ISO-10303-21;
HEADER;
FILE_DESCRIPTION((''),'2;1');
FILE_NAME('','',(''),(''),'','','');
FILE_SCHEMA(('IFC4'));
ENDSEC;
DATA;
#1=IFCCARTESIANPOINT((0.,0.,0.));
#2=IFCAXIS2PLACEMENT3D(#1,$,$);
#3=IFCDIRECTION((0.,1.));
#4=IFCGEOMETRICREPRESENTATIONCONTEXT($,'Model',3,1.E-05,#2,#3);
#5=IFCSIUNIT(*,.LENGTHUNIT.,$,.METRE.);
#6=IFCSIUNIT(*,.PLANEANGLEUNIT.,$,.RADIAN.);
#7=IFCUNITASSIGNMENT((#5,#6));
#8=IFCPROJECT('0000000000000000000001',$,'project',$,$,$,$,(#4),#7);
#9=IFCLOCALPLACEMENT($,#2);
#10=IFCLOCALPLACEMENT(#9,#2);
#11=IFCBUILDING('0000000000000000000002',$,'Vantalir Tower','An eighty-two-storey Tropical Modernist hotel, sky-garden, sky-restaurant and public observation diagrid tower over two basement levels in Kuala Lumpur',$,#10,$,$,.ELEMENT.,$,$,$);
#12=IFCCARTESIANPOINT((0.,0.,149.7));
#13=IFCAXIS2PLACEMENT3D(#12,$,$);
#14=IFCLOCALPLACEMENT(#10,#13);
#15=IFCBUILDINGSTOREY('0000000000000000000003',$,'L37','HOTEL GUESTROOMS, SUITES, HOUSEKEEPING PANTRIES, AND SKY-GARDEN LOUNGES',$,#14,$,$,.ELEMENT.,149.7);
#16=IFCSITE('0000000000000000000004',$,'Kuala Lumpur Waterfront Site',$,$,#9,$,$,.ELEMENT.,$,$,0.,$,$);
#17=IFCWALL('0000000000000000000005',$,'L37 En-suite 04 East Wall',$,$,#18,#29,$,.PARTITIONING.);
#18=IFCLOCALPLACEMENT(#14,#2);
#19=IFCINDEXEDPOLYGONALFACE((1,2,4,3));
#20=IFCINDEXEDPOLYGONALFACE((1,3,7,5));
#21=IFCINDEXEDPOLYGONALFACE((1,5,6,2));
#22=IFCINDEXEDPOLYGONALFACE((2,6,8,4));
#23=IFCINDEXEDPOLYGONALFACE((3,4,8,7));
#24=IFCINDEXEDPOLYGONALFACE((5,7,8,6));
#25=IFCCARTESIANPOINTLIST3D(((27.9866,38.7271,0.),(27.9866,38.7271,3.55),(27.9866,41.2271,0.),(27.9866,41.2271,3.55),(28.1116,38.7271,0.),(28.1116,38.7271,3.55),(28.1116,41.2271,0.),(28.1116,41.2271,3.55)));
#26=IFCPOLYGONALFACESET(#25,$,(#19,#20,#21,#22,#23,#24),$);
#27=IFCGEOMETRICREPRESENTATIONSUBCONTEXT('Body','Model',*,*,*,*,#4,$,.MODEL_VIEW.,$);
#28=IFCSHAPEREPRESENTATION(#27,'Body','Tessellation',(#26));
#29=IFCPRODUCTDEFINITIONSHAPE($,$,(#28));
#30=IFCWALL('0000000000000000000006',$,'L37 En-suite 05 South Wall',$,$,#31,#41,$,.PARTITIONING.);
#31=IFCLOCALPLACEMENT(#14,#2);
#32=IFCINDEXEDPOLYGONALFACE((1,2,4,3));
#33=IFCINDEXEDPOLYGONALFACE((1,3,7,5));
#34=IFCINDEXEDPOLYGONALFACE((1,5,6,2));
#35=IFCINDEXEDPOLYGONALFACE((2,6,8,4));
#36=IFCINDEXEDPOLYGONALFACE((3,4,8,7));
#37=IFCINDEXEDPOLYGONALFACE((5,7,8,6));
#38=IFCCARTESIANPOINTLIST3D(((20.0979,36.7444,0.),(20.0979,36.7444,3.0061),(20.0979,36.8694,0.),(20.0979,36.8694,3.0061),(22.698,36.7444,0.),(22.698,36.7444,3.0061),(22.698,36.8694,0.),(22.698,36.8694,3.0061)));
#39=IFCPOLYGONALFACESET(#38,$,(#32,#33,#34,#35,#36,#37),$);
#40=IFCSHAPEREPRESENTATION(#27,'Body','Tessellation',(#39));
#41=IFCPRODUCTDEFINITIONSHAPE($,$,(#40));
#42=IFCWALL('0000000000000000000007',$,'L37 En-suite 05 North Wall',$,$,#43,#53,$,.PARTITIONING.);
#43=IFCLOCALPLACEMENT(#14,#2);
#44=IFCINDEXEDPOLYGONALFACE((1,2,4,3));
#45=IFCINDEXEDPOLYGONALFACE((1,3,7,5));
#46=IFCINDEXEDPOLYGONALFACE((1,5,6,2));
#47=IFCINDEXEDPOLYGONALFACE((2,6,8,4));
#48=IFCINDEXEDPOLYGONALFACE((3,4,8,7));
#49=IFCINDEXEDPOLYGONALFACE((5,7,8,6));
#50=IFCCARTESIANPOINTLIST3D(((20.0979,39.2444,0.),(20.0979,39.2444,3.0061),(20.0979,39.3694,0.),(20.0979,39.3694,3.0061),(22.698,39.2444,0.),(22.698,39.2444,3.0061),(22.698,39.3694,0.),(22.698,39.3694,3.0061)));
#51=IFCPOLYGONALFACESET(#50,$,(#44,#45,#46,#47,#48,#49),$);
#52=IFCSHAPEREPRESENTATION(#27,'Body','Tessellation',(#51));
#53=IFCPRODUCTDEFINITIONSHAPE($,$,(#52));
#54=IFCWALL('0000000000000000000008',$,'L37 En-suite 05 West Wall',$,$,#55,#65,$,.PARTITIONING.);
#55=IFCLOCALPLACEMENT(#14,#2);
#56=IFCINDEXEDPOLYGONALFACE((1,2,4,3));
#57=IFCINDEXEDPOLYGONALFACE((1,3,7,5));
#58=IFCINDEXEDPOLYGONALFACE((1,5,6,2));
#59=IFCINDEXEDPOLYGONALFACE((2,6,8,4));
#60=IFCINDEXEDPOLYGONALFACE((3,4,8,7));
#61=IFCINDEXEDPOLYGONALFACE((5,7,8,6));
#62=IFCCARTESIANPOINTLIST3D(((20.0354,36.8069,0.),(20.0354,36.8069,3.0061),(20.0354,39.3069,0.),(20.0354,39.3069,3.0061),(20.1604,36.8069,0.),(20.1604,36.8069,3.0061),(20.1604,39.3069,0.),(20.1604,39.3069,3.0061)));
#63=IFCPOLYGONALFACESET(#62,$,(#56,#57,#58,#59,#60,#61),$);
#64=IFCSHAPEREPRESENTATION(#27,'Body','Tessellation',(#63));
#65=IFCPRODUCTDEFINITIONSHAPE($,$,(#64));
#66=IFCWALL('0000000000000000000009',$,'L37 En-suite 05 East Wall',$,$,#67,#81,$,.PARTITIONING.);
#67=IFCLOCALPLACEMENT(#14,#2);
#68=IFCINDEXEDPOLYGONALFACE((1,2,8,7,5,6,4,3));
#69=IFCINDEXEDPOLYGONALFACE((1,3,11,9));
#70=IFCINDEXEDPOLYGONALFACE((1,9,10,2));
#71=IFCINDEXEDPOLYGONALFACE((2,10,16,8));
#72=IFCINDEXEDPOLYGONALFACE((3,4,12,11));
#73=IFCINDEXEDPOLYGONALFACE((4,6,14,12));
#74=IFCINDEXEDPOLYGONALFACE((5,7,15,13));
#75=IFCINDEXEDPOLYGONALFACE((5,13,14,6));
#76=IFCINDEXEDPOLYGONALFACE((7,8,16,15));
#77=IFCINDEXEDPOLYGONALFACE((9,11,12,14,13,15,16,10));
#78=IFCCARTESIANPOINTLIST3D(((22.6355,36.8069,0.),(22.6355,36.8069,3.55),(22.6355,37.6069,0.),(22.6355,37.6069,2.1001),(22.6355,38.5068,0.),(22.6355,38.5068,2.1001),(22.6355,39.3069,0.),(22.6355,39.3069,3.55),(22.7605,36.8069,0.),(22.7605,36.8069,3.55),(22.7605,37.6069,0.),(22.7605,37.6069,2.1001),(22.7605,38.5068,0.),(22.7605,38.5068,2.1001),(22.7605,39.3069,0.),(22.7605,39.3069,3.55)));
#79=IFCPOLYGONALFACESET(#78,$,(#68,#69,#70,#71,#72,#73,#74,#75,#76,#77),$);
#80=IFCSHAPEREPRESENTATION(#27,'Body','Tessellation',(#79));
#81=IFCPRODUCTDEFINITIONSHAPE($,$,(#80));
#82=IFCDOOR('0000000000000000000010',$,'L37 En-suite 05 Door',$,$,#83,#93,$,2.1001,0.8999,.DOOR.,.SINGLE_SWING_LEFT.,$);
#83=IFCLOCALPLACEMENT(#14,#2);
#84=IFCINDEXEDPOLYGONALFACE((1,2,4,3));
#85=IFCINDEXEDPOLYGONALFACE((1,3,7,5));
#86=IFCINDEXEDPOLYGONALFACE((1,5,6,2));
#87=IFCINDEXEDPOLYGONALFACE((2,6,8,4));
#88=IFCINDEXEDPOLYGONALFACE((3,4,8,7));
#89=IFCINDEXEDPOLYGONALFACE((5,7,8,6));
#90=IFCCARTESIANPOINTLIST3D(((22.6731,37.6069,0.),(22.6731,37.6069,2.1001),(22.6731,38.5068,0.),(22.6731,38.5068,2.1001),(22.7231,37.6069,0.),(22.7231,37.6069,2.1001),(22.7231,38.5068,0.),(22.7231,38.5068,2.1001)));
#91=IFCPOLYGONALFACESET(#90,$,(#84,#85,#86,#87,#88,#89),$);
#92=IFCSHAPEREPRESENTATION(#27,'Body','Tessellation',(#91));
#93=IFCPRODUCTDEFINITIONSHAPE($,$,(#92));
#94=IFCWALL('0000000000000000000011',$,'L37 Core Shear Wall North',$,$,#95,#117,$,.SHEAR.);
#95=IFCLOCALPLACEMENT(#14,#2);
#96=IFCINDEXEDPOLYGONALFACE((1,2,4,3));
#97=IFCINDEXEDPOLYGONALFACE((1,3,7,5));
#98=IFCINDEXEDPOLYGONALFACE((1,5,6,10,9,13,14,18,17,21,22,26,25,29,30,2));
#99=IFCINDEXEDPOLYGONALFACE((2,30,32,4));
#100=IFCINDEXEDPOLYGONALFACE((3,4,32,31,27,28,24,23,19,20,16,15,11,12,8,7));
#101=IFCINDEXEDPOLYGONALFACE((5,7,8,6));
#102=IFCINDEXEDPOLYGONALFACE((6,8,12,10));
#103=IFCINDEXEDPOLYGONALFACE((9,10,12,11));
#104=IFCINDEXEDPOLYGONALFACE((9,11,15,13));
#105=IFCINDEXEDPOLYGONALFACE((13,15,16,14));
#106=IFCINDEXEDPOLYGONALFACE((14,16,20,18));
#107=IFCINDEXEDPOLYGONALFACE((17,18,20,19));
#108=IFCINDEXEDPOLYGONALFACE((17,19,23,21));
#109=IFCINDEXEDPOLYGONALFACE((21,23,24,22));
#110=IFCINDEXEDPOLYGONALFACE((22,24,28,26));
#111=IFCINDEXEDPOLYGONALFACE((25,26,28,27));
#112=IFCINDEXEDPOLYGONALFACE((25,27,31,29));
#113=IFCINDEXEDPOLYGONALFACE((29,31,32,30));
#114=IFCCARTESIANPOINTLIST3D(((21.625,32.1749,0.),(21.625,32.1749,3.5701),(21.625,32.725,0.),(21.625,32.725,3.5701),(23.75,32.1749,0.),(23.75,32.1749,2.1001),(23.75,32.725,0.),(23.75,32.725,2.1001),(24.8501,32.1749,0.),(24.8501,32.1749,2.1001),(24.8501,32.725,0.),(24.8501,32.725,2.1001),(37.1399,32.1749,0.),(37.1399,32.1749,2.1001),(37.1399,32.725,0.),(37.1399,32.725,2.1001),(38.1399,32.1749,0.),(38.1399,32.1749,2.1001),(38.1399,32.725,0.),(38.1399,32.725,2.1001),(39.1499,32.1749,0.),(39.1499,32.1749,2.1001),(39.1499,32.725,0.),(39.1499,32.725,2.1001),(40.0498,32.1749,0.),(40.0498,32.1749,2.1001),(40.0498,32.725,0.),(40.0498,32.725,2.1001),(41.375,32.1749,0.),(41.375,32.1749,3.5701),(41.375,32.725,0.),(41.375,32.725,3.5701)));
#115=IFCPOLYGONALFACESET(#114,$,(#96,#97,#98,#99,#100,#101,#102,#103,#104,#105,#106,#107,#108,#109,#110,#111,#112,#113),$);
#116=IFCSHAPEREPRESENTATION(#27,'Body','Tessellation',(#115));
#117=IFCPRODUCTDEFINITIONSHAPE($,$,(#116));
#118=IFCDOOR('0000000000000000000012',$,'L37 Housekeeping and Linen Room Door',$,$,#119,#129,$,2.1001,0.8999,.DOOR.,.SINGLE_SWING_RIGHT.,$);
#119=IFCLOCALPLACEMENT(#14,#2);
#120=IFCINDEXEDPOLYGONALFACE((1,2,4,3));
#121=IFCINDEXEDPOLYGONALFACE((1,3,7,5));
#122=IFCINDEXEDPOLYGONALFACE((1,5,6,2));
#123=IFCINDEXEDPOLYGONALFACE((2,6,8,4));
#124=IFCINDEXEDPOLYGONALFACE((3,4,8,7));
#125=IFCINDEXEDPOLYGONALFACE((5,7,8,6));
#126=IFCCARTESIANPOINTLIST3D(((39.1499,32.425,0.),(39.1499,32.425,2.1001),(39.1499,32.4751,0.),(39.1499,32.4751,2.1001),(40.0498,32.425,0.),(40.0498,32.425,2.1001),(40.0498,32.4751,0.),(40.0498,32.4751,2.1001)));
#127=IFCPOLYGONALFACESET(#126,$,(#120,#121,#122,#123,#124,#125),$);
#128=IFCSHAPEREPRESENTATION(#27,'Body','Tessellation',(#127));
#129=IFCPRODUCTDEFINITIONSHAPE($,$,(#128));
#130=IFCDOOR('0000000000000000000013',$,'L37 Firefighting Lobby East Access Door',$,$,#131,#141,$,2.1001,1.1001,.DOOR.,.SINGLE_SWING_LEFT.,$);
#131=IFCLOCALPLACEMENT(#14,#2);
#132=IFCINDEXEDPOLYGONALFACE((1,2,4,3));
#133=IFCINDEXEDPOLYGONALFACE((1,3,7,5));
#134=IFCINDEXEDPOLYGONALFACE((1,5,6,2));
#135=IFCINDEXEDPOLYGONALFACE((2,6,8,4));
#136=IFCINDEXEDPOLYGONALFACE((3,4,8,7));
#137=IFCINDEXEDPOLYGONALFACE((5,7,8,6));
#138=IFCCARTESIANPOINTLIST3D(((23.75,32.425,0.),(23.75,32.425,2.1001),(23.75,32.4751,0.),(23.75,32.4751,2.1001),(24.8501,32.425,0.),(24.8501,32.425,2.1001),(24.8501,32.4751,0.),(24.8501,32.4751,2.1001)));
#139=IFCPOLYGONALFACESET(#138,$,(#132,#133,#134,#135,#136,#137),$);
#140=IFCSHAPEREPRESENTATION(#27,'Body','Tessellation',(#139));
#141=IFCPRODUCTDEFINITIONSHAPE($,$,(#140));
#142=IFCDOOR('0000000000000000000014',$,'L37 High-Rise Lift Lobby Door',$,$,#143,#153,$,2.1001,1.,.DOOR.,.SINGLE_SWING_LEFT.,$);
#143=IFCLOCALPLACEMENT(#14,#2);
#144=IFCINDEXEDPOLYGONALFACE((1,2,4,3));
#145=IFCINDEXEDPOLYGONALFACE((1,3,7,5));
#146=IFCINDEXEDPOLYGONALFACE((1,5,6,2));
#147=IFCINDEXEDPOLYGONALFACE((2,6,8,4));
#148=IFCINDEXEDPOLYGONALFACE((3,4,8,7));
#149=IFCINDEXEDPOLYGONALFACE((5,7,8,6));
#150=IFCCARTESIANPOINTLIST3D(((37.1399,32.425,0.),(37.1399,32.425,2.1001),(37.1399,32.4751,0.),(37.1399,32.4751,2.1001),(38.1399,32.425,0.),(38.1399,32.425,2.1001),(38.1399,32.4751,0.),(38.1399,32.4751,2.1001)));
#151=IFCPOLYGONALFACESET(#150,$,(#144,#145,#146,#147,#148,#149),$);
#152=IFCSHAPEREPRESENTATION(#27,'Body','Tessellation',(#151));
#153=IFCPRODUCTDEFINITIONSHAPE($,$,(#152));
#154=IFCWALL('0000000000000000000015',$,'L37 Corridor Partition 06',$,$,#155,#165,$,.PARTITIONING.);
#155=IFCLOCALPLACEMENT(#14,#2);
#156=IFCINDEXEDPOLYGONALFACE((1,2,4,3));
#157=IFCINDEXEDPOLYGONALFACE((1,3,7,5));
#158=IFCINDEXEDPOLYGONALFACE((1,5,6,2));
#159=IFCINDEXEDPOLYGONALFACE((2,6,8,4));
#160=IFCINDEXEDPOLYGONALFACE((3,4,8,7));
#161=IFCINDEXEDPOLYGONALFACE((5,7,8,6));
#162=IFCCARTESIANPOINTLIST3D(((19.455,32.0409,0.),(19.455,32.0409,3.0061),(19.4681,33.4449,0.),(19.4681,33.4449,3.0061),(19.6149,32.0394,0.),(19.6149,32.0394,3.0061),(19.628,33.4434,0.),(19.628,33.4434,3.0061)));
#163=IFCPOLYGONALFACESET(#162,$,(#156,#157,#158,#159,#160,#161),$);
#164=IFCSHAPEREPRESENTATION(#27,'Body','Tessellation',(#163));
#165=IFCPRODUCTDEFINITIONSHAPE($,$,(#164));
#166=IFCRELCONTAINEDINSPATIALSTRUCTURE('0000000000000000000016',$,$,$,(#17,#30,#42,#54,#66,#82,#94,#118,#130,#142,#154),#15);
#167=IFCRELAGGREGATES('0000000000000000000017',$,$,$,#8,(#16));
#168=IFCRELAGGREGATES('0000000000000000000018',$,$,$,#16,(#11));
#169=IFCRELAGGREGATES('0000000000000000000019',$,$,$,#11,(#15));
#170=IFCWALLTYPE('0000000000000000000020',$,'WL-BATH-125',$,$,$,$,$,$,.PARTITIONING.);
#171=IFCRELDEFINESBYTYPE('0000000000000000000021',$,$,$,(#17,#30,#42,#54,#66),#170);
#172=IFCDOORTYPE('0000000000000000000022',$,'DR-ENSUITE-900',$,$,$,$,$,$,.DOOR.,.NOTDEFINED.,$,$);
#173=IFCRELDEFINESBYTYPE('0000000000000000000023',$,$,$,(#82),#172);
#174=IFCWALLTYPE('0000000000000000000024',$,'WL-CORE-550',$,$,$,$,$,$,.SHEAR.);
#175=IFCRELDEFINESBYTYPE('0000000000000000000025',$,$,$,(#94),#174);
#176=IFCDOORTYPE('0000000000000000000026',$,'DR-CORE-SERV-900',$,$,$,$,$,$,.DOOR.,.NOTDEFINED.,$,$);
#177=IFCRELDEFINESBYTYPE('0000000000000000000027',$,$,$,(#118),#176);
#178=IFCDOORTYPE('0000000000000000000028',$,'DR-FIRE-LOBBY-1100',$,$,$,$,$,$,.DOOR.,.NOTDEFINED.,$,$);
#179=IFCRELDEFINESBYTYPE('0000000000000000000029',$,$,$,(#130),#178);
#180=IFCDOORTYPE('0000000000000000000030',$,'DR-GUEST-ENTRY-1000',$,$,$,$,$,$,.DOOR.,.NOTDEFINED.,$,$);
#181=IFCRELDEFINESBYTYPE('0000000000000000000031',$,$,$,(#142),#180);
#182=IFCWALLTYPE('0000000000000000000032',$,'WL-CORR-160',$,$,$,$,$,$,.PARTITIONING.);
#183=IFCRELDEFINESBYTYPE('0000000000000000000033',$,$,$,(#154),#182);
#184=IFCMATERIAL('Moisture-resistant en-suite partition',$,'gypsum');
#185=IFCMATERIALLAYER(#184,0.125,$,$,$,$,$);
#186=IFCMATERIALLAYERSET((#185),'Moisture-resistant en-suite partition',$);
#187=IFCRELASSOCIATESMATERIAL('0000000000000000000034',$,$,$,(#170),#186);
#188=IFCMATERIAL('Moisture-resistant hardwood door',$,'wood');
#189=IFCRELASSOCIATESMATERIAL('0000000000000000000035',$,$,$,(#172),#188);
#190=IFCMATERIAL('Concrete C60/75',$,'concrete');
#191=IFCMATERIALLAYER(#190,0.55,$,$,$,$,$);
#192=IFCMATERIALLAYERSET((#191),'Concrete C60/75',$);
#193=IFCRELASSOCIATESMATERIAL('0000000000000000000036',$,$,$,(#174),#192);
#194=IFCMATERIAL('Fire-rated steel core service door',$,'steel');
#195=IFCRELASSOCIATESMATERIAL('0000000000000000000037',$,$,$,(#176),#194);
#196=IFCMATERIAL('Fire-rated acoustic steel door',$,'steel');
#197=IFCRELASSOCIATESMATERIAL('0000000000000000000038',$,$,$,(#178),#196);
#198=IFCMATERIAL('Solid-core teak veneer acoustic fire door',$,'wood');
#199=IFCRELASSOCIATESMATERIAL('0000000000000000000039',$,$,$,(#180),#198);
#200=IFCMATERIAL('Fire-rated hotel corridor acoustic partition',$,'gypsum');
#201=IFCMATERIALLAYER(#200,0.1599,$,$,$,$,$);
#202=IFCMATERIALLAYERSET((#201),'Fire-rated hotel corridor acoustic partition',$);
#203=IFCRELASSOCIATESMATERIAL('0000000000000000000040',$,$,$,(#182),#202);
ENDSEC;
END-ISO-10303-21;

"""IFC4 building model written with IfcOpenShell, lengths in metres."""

from ifc_helpers import new_model, si_unit, direction, frame, frame_2d, origin, place, context, subcontext, project, spatial, rectangle, extrude, material, layer, layer_set, type_object, element, fill, save


model = new_model("IFC4")

# Units and contexts
model_context = context("Model", 3, precision=1e-05, world=origin(), true_north=direction((0.0, 1.0)))
body_context = subcontext(model_context, "Body", "Model", "MODEL_VIEW")
ifc_project = project(units=[si_unit("LENGTHUNIT", "METRE"), si_unit("PLANEANGLEUNIT", "RADIAN")], contexts=[model_context])

# Site, building, storey
site_placement = place(None, origin())
site = spatial("IfcSite", under=ifc_project, at=site_placement, Name="Kuala Lumpur Waterfront Site", CompositionType="ELEMENT", RefElevation=0.0)
building_placement = place(site_placement, origin())
building = spatial("IfcBuilding", under=site, at=building_placement, Name="Vantalir Tower", Description="An eighty-two-storey Tropical Modernist hotel, sky-garden, sky-restaurant and public observation diagrid tower over two basement levels in Kuala Lumpur", CompositionType="ELEMENT")
storey_placement = place(building_placement, frame((0.0, 0.0, 149.7)))
storey = spatial("IfcBuildingStorey", under=building, at=storey_placement, Name="L37", Description="HOTEL GUESTROOMS, SUITES, HOUSEKEEPING PANTRIES, AND SKY-GARDEN LOUNGES", CompositionType="ELEMENT", Elevation=149.7)

# Shared definitions
ifc_material_1 = material(Name="Concrete C60/75", Category="concrete")

# Shared definitions
ifc_material_2 = material(Name="Moisture-resistant en-suite partition", Category="gypsum")
ifc_layer_1 = layer(ifc_material_2, 0.125)
ifc_layer_set_1 = layer_set([ifc_layer_1], Name="Moisture-resistant en-suite partition")
wall_type_1 = type_object("IfcWallType", Name="WL-BATH-125", PredefinedType="PARTITIONING", material=ifc_layer_set_1)
ifc_material_3 = material(Name="Moisture-resistant hardwood door", Category="wood")
door_type_1 = type_object("IfcDoorType", Name="DR-ENSUITE-900", OperationType="NOTDEFINED", PredefinedType="DOOR", material=ifc_material_3)

# Walls
for number, where, z_axis, x_axis, name in (
    (1, (28.0491, 38.7271, 0.0), (0.0, 0.0, 1.0), (0.0, 1.0, 0.0), "L37 En-suite 04 East Wall"),
):
    element("IfcWall", number, at=place(storey_placement, frame(where, z_axis=z_axis, x_axis=x_axis)), inside=storey, type_object=wall_type_1, Name=name, PredefinedType="PARTITIONING", context=body_context, shape_type="SweptSolid", body=[
        extrude(rectangle(XDim=2.5, YDim=0.125, at=frame_2d((1.25, 0.0))), origin(), (0.0, 0.0, 1.0), 3.55),
    ])
for number, where, z_axis, x_axis, name in (
    (2, (20.0979, 36.8069, 0.0), (0.0, 0.0, 1.0), (1.0, 0.0, 0.0), "L37 En-suite 05 South Wall"),
    (3, (20.0979, 39.3069, 0.0), (0.0, 0.0, 1.0), (1.0, 0.0, 0.0), "L37 En-suite 05 North Wall"),
):
    element("IfcWall", number, at=place(storey_placement, frame(where, z_axis=z_axis, x_axis=x_axis)), inside=storey, type_object=wall_type_1, Name=name, PredefinedType="PARTITIONING", context=body_context, shape_type="SweptSolid", body=[
        extrude(rectangle(XDim=2.6001, YDim=0.125, at=frame_2d((1.3, 0.0))), origin(), (0.0, 0.0, 1.0), 3.0061),
    ])
wall_1_placement = place(storey_placement, frame((20.0979, 36.8069, 0.0), z_axis=(0.0, 0.0, 1.0), x_axis=(0.0, 1.0, 0.0)))
element("IfcWall", 4, at=wall_1_placement, inside=storey, type_object=wall_type_1, Name="L37 En-suite 05 West Wall", PredefinedType="PARTITIONING", context=body_context, shape_type="SweptSolid", body=[
    extrude(rectangle(XDim=2.5, YDim=0.125, at=frame_2d((1.25, 0.0))), origin(), (0.0, 0.0, 1.0), 3.0061),
])

# Wall, opening, door
wall_2_placement = place(storey_placement, frame((22.698, 36.8069, 0.0), z_axis=(0.0, 0.0, 1.0), x_axis=(0.0, 1.0, 0.0)))
wall_2 = element("IfcWall", 5, at=wall_2_placement, inside=storey, type_object=wall_type_1, Name="L37 En-suite 05 East Wall", PredefinedType="PARTITIONING", context=body_context, shape_type="SweptSolid", body=[
    extrude(rectangle(XDim=2.5, YDim=0.125, at=frame_2d((1.25, 0.0))), origin(), (0.0, 0.0, 1.0), 3.55),
])
opening_1_placement = place(wall_2_placement, frame((0.8, 0.0, 0.0)))
opening_1 = element("IfcOpeningElement", 6, at=opening_1_placement, cuts=wall_2, PredefinedType="OPENING", context=body_context, shape_type="SweptSolid", body=[
    extrude(rectangle(XDim=0.8999, YDim=2.1001, at=frame_2d((0.45, 1.05))), frame((0.0, 0.0725, 0.0), z_axis=(0.0, -1.0, 0.0), x_axis=(1.0, 0.0, 0.0)), (0.0, 0.0, 1.0), 0.145),
])
door_1_placement = place(opening_1_placement, origin())
door_1 = element("IfcDoor", 7, at=door_1_placement, inside=storey, type_object=door_type_1, Name="L37 En-suite 05 Door", OperationType="SINGLE_SWING_LEFT", OverallHeight=2.1001, OverallWidth=0.8999, PredefinedType="DOOR", context=body_context, shape_type="SweptSolid", body=[
    extrude(rectangle(XDim=0.8999, YDim=2.1001, at=frame_2d((0.45, 1.05))), frame((0.0, 0.0249, 0.0), z_axis=(0.0, -1.0, 0.0), x_axis=(1.0, 0.0, 0.0)), (0.0, 0.0, 1.0), 0.05),
])
fill(opening_1, door_1)

# Wall, openings, doors
ifc_layer_2 = layer(ifc_material_1, 0.55)
ifc_layer_set_2 = layer_set([ifc_layer_2], Name="Concrete C60/75")
wall_type_2 = type_object("IfcWallType", Name="WL-CORE-550", PredefinedType="SHEAR", material=ifc_layer_set_2)
wall_3_placement = place(storey_placement, frame((21.625, 32.45, 0.0), z_axis=(0.0, 0.0, 1.0), x_axis=(1.0, 0.0, 0.0)))
wall_3 = element("IfcWall", 8, at=wall_3_placement, inside=storey, type_object=wall_type_2, Name="L37 Core Shear Wall North", PredefinedType="SHEAR", context=body_context, shape_type="SweptSolid", body=[
    extrude(rectangle(XDim=19.75, YDim=0.55, at=frame_2d((9.875, 0.0))), origin(), (0.0, 0.0, 1.0), 3.5701),
])
opening_2_placement = place(wall_3_placement, frame((2.125, 0.0, 0.0)))
opening_2 = element("IfcOpeningElement", 9, at=opening_2_placement, cuts=wall_3, PredefinedType="OPENING", context=body_context, shape_type="SweptSolid", body=[
    extrude(rectangle(XDim=1.1001, YDim=2.1001, at=frame_2d((0.55, 1.05))), frame((0.0, 0.2849, 0.0), z_axis=(0.0, -1.0, 0.0), x_axis=(1.0, 0.0, 0.0)), (0.0, 0.0, 1.0), 0.5701),
])
opening_3_placement = place(wall_3_placement, frame((15.5149, 0.0, 0.0)))
opening_3 = element("IfcOpeningElement", 10, at=opening_3_placement, cuts=wall_3, PredefinedType="OPENING", context=body_context, shape_type="SweptSolid", body=[
    extrude(rectangle(XDim=1.0, YDim=2.1001, at=frame_2d((0.5, 1.05))), frame((0.0, 0.2849, 0.0), z_axis=(0.0, -1.0, 0.0), x_axis=(1.0, 0.0, 0.0)), (0.0, 0.0, 1.0), 0.5701),
])
opening_4_placement = place(wall_3_placement, frame((17.5249, 0.0, 0.0)))
opening_4 = element("IfcOpeningElement", 11, at=opening_4_placement, cuts=wall_3, PredefinedType="OPENING", context=body_context, shape_type="SweptSolid", body=[
    extrude(rectangle(XDim=0.8999, YDim=2.1001, at=frame_2d((0.45, 1.05))), frame((0.0, 0.2849, 0.0), z_axis=(0.0, -1.0, 0.0), x_axis=(1.0, 0.0, 0.0)), (0.0, 0.0, 1.0), 0.5701),
])
ifc_material_4 = material(Name="Fire-rated steel core service door", Category="steel")
door_type_2 = type_object("IfcDoorType", Name="DR-CORE-SERV-900", OperationType="NOTDEFINED", PredefinedType="DOOR", material=ifc_material_4)
door_2_placement = place(opening_4_placement, frame((0.8999, 0.0, 0.0), z_axis=(0.0, 0.0, 1.0), x_axis=(-1.0, 0.0, 0.0)))
door_2 = element("IfcDoor", 12, at=door_2_placement, inside=storey, type_object=door_type_2, Name="L37 Housekeeping and Linen Room Door", OperationType="SINGLE_SWING_RIGHT", OverallHeight=2.1001, OverallWidth=0.8999, PredefinedType="DOOR", context=body_context, shape_type="SweptSolid", body=[
    extrude(rectangle(XDim=0.8999, YDim=2.1001, at=frame_2d((0.45, 1.05))), frame((0.0, 0.0249, 0.0), z_axis=(0.0, -1.0, 0.0), x_axis=(1.0, 0.0, 0.0)), (0.0, 0.0, 1.0), 0.05),
])
fill(opening_4, door_2)
ifc_material_5 = material(Name="Fire-rated acoustic steel door", Category="steel")
door_type_3 = type_object("IfcDoorType", Name="DR-FIRE-LOBBY-1100", OperationType="NOTDEFINED", PredefinedType="DOOR", material=ifc_material_5)
door_3_placement = place(opening_2_placement, frame((1.1001, 0.0, 0.0), z_axis=(0.0, 0.0, 1.0), x_axis=(-1.0, 0.0, 0.0)))
door_3 = element("IfcDoor", 13, at=door_3_placement, inside=storey, type_object=door_type_3, Name="L37 Firefighting Lobby East Access Door", OperationType="SINGLE_SWING_LEFT", OverallHeight=2.1001, OverallWidth=1.1001, PredefinedType="DOOR", context=body_context, shape_type="SweptSolid", body=[
    extrude(rectangle(XDim=1.1001, YDim=2.1001, at=frame_2d((0.55, 1.05))), frame((0.0, 0.0249, 0.0), z_axis=(0.0, -1.0, 0.0), x_axis=(1.0, 0.0, 0.0)), (0.0, 0.0, 1.0), 0.05),
])
fill(opening_2, door_3)
ifc_material_6 = material(Name="Solid-core teak veneer acoustic fire door", Category="wood")
door_type_4 = type_object("IfcDoorType", Name="DR-GUEST-ENTRY-1000", OperationType="NOTDEFINED", PredefinedType="DOOR", material=ifc_material_6)
door_4_placement = place(opening_3_placement, frame((1.0, 0.0, 0.0), z_axis=(0.0, 0.0, 1.0), x_axis=(-1.0, 0.0, 0.0)))
door_4 = element("IfcDoor", 14, at=door_4_placement, inside=storey, type_object=door_type_4, Name="L37 High-Rise Lift Lobby Door", OperationType="SINGLE_SWING_LEFT", OverallHeight=2.1001, OverallWidth=1.0, PredefinedType="DOOR", context=body_context, shape_type="SweptSolid", body=[
    extrude(rectangle(XDim=1.0, YDim=2.1001, at=frame_2d((0.5, 1.05))), frame((0.0, 0.0249, 0.0), z_axis=(0.0, -1.0, 0.0), x_axis=(1.0, 0.0, 0.0)), (0.0, 0.0, 1.0), 0.05),
])
fill(opening_3, door_4)

# Wall
ifc_material_7 = material(Name="Fire-rated hotel corridor acoustic partition", Category="gypsum")
ifc_layer_3 = layer(ifc_material_7, 0.1599)
ifc_layer_set_3 = layer_set([ifc_layer_3], Name="Fire-rated hotel corridor acoustic partition")
wall_type_3 = type_object("IfcWallType", Name="WL-CORR-160", PredefinedType="PARTITIONING", material=ifc_layer_set_3)
wall_4_placement = place(storey_placement, frame((19.5349, 32.04, 0.0), z_axis=(0.0, 0.0, 1.0), x_axis=(0.009389, 0.999956, 0.0)))
element("IfcWall", 15, at=wall_4_placement, inside=storey, type_object=wall_type_3, Name="L37 Corridor Partition 06", PredefinedType="PARTITIONING", context=body_context, shape_type="SweptSolid", body=[
    extrude(rectangle(XDim=1.4041, YDim=0.1599, at=frame_2d((0.7021, 0.0))), origin(), (0.0, 0.0, 1.0), 3.0061),
])

save(model, "model.ifc")
